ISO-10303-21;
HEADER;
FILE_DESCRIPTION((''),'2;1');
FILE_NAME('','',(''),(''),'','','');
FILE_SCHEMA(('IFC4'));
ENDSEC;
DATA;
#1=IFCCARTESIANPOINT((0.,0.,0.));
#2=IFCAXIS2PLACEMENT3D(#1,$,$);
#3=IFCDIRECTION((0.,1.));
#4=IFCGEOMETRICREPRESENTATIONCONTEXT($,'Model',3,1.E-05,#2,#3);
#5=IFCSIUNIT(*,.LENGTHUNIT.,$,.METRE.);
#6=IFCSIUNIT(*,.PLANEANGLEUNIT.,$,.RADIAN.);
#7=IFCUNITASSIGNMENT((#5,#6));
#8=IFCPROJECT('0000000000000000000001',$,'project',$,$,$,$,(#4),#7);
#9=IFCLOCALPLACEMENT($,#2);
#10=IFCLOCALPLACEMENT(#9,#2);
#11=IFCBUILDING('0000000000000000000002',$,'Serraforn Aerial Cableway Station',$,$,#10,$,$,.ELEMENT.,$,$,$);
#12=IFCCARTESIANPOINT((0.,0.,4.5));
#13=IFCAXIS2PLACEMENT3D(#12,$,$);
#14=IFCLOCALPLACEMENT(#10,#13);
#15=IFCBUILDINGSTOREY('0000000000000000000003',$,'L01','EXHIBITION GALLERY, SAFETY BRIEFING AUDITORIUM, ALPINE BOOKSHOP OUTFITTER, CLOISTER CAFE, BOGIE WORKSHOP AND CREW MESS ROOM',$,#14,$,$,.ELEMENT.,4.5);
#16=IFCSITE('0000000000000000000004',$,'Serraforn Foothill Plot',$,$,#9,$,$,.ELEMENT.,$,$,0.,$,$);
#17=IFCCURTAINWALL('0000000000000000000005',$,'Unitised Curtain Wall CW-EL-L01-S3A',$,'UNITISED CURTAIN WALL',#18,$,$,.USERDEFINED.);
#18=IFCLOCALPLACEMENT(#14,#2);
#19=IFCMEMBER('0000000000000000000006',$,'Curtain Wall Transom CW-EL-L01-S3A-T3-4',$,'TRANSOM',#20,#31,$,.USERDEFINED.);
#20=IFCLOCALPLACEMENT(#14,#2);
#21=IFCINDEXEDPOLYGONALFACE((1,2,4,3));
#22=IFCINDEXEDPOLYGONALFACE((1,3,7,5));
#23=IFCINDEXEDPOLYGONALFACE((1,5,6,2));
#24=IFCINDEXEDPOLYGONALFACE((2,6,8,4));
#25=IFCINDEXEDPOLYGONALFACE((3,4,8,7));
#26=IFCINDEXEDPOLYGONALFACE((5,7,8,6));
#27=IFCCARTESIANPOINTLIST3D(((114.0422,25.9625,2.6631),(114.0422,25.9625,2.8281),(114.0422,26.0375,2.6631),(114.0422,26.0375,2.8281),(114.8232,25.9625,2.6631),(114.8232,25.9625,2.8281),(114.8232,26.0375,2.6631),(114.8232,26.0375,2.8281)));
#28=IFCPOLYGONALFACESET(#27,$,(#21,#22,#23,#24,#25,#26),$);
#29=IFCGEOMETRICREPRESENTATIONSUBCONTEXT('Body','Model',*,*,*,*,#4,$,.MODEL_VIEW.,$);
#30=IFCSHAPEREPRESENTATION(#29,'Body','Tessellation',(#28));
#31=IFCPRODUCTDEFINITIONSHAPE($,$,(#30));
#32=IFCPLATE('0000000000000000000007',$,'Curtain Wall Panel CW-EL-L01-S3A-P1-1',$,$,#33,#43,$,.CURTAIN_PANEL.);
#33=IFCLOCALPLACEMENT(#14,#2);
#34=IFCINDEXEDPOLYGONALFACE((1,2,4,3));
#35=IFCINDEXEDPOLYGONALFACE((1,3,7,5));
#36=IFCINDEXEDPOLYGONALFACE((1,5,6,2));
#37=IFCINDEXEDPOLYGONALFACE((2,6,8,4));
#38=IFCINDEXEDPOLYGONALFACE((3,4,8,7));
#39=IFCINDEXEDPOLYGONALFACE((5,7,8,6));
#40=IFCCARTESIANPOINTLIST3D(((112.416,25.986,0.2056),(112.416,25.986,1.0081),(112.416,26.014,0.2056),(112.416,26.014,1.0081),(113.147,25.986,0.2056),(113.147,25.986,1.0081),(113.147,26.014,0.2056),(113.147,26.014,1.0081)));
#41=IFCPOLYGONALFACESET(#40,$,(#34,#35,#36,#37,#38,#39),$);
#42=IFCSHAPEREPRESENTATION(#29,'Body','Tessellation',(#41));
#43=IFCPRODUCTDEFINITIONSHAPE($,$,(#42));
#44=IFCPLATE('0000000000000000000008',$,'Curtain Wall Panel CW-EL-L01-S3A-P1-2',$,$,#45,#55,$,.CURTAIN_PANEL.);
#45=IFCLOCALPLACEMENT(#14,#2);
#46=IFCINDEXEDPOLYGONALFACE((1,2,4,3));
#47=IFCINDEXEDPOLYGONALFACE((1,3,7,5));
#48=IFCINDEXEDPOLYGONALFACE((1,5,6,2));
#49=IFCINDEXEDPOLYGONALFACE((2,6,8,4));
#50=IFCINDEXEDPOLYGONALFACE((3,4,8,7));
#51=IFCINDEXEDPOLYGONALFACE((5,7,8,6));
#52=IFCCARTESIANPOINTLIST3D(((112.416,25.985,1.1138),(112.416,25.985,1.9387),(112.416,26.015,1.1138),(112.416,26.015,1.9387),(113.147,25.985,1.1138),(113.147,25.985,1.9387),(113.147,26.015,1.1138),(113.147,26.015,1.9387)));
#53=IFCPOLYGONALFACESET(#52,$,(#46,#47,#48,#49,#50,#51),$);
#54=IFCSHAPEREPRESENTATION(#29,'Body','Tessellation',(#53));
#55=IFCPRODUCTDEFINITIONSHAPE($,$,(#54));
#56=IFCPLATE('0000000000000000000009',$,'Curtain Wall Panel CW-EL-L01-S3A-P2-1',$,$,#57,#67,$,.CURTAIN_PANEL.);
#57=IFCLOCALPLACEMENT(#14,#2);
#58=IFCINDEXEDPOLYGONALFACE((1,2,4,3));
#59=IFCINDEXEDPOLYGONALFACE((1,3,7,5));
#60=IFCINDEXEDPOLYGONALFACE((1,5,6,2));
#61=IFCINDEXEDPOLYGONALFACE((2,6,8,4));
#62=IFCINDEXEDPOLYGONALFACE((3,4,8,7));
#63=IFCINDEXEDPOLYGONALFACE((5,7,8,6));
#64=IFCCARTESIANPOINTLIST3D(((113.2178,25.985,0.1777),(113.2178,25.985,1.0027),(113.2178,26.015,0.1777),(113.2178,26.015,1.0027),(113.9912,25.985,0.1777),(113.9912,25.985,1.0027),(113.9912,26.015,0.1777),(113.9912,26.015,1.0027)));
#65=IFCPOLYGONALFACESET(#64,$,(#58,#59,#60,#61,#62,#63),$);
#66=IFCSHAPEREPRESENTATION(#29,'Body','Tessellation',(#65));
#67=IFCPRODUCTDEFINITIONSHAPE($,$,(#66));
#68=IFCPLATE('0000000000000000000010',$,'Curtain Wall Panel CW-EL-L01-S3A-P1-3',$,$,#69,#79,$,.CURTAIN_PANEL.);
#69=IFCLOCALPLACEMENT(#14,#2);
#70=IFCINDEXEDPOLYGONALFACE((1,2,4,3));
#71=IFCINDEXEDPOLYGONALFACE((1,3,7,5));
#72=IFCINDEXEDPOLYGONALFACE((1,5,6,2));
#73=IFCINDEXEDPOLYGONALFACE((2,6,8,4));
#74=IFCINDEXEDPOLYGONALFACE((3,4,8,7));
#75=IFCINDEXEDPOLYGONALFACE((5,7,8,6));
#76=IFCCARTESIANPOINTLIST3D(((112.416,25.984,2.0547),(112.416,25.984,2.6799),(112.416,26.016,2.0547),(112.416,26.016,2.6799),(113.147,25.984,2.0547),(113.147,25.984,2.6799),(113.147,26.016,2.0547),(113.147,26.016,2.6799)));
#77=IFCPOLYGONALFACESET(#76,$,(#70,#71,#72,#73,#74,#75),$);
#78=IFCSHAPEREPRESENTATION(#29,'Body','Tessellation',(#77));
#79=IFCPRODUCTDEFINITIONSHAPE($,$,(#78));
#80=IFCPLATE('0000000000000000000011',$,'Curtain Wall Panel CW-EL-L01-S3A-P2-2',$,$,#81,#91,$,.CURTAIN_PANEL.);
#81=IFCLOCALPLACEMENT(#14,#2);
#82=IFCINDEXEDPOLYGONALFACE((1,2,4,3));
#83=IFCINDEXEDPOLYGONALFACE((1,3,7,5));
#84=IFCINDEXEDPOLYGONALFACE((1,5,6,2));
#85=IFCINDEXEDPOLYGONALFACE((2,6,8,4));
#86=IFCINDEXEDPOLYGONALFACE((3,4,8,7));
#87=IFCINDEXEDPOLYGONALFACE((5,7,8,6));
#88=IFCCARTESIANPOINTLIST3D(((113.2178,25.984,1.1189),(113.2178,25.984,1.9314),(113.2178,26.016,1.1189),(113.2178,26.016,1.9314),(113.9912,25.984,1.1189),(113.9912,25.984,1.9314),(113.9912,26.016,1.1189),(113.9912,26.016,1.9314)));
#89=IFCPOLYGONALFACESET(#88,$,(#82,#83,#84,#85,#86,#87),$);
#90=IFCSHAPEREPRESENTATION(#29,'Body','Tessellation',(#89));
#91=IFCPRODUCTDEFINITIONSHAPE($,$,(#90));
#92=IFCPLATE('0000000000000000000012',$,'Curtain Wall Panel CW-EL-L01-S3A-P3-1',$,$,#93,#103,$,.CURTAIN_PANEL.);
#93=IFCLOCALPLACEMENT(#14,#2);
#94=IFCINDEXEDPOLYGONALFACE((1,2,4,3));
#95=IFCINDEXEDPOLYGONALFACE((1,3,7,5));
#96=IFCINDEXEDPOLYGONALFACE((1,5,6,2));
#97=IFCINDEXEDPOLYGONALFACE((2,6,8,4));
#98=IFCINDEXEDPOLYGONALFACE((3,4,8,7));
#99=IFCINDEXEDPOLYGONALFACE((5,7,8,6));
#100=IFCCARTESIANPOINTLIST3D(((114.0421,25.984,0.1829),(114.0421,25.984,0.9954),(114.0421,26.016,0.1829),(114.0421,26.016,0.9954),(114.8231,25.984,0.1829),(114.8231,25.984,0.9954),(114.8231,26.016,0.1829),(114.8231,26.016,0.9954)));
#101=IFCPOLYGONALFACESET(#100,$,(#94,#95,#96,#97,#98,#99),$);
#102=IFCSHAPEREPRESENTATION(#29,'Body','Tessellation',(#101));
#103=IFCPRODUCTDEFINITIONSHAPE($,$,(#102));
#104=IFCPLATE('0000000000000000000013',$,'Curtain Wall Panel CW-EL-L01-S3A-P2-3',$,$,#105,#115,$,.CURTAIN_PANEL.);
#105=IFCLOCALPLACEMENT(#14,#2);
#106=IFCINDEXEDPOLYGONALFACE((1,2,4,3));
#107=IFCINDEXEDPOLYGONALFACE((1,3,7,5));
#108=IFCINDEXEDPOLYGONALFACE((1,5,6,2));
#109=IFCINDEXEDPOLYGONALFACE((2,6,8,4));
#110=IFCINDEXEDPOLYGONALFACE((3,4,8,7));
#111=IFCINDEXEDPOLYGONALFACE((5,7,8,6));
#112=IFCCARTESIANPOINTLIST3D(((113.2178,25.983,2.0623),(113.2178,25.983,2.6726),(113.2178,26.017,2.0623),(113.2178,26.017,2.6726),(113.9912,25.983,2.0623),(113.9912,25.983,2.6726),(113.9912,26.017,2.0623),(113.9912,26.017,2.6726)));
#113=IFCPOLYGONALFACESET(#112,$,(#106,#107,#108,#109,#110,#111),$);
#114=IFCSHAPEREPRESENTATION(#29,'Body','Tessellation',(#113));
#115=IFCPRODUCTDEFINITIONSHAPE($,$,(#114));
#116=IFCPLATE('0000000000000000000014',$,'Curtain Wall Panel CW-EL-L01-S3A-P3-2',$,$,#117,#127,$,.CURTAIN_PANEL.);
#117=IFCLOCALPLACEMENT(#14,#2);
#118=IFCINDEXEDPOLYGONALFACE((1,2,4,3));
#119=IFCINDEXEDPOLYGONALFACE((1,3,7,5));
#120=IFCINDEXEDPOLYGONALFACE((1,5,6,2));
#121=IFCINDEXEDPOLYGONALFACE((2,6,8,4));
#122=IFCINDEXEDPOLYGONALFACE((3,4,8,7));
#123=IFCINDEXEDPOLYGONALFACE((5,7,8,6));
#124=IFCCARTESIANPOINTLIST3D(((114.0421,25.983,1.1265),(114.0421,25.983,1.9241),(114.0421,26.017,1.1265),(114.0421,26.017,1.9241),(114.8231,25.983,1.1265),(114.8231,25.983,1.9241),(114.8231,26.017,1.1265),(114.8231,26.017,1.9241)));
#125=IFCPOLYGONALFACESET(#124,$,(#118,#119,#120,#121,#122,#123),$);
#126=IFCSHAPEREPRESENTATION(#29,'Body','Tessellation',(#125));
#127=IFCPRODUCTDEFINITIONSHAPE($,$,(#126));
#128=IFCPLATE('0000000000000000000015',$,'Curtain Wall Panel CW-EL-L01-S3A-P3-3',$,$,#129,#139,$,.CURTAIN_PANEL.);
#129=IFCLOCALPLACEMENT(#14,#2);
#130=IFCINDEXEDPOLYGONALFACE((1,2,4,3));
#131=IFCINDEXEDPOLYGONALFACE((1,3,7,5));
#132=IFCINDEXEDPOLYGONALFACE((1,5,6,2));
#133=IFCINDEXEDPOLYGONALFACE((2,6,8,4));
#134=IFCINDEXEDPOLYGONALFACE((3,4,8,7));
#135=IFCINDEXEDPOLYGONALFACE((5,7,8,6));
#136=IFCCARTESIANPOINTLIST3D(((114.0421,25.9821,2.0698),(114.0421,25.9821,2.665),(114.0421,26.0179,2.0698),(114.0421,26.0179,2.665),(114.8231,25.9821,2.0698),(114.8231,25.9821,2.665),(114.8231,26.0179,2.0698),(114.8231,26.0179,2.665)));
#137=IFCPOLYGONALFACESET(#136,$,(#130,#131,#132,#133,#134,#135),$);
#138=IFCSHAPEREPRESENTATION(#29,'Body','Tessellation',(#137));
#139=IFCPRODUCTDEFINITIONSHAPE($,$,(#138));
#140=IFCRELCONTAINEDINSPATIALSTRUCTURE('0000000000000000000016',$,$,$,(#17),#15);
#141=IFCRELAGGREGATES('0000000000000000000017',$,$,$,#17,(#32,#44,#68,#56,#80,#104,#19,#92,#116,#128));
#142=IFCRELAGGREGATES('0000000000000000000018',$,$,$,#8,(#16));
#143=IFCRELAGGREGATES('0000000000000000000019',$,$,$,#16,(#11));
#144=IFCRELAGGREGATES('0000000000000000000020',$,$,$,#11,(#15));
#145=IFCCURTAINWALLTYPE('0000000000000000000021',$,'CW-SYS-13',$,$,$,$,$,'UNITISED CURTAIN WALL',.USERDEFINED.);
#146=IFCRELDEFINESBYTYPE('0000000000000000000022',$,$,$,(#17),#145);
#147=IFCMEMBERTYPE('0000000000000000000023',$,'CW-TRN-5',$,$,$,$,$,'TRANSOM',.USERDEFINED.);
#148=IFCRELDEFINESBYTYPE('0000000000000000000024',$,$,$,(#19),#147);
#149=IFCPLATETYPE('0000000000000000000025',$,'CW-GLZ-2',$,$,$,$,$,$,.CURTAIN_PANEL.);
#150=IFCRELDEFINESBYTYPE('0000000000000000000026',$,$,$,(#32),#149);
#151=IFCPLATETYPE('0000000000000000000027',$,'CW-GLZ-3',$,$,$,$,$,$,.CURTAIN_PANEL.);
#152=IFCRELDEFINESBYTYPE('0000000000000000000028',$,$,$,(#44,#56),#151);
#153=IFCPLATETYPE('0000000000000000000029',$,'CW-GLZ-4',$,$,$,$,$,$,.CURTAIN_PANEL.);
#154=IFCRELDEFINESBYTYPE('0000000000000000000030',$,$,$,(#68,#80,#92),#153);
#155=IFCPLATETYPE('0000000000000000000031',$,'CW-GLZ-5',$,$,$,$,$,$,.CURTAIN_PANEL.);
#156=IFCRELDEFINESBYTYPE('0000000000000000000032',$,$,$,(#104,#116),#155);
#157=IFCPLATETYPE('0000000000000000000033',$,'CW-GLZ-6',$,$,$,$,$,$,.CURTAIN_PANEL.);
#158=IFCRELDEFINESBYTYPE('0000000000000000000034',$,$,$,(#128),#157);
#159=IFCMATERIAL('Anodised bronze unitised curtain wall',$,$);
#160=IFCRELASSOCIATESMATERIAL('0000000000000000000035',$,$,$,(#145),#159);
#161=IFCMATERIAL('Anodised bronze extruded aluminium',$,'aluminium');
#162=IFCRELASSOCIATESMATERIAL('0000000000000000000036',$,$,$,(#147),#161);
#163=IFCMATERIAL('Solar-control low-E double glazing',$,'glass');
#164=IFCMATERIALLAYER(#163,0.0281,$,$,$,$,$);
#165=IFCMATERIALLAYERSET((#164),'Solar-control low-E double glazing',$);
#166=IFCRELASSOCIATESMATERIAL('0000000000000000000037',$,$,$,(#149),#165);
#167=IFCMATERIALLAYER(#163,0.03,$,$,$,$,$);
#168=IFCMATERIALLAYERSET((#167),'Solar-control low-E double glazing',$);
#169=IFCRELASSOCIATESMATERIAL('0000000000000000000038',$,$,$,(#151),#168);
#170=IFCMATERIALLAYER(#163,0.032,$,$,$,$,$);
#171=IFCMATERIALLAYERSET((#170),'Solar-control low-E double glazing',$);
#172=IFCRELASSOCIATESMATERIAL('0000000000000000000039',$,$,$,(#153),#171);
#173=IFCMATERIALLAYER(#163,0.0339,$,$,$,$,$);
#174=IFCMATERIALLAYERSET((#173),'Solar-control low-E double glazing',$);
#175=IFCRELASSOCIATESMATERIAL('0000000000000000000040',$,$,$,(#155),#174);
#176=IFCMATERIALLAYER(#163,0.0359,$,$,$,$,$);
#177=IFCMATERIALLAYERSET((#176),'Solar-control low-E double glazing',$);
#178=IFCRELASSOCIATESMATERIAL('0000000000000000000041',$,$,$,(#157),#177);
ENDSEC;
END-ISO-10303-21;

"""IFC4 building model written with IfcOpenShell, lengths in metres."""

from ifc_helpers import new_model, si_unit, direction, frame, origin, origin_2d, place, context, subcontext, project, spatial, rectangle, extrude, material, layer, layer_set, material_profile, profile_set, type_object, element, aggregate, save


model = new_model("IFC4")

# Units and contexts
model_context = context("Model", 3, precision=1e-05, world=origin(), true_north=direction((0.0, 1.0)))
body_context = subcontext(model_context, "Body", "Model", "MODEL_VIEW")
ifc_project = project(units=[si_unit("LENGTHUNIT", "METRE"), si_unit("PLANEANGLEUNIT", "RADIAN")], contexts=[model_context])

# Site, building, storey
site_placement = place(None, origin())
site = spatial("IfcSite", under=ifc_project, at=site_placement, Name="Serraforn Foothill Plot", CompositionType="ELEMENT", RefElevation=0.0)
building_placement = place(site_placement, origin())
building = spatial("IfcBuilding", under=site, at=building_placement, Name="Serraforn Aerial Cableway Station", CompositionType="ELEMENT")
storey_placement = place(building_placement, frame((0.0, 0.0, 4.5)))
storey = spatial("IfcBuildingStorey", under=building, at=storey_placement, Name="L01", Description="EXHIBITION GALLERY, SAFETY BRIEFING AUDITORIUM, ALPINE BOOKSHOP OUTFITTER, CLOISTER CAFE, BOGIE WORKSHOP AND CREW MESS ROOM", CompositionType="ELEMENT", Elevation=4.5)

# Curtain wall, member, plates
ifc_material_1 = material(Name="Anodised bronze unitised curtain wall")
curtain_wall_type = type_object("IfcCurtainWallType", Name="CW-SYS-13", ElementType="UNITISED CURTAIN WALL", PredefinedType="USERDEFINED", material=ifc_material_1)
curtain_wall_placement = place(storey_placement, origin())
curtain_wall = element("IfcCurtainWall", 1, at=curtain_wall_placement, inside=storey, type_object=curtain_wall_type, Name="Unitised Curtain Wall CW-EL-L01-S3A", ObjectType="UNITISED CURTAIN WALL", PredefinedType="USERDEFINED")
ifc_material_2 = material(Name="Anodised bronze extruded aluminium", Category="aluminium")
ifc_material_profile_1 = material_profile(ifc_material_2, rectangle(XDim=0.075, YDim=0.165, at=origin_2d()), Name="CW TRANSOM 75x165")
ifc_profile_set_1 = profile_set([ifc_material_profile_1], Name="Anodised bronze extruded aluminium")
member_type_1 = type_object("IfcMemberType", Name="CW-TRN-5", ElementType="TRANSOM", PredefinedType="USERDEFINED", material=ifc_profile_set_1)
member_1_placement = place(storey_placement, frame((114.0422, 26.0, 2.7456), z_axis=(1.0, 0.0, 0.0), x_axis=(0.0, 1.0, 0.0)))
member_1 = element("IfcMember", 2, at=member_1_placement, type_object=member_type_1, Name="Curtain Wall Transom CW-EL-L01-S3A-T3-4", ObjectType="TRANSOM", PredefinedType="USERDEFINED", context=body_context, shape_type="SweptSolid", body=[
    extrude(rectangle(XDim=0.075, YDim=0.165, at=origin_2d()), origin(), (0.0, 0.0, 1.0), 0.781),
])
ifc_material_3 = material(Name="Solar-control low-E double glazing", Category="glass")
ifc_layer_1 = layer(ifc_material_3, 0.0281)
ifc_layer_set_1 = layer_set([ifc_layer_1], Name="Solar-control low-E double glazing")
plate_type_1 = type_object("IfcPlateType", Name="CW-GLZ-2", PredefinedType="CURTAIN_PANEL", material=ifc_layer_set_1)
plate_1_placement = place(storey_placement, frame((112.7815, 26.0, 0.2056), z_axis=(0.0, 0.0, 1.0), x_axis=(1.0, 0.0, 0.0)))
plate_1 = element("IfcPlate", 3, at=plate_1_placement, type_object=plate_type_1, Name="Curtain Wall Panel CW-EL-L01-S3A-P1-1", PredefinedType="CURTAIN_PANEL", context=body_context, shape_type="SweptSolid", body=[
    extrude(rectangle(XDim=0.731, YDim=0.0281, at=origin_2d()), origin(), (0.0, 0.0, 1.0), 0.8025),
])
ifc_layer_2 = layer(ifc_material_3, 0.03)
ifc_layer_set_2 = layer_set([ifc_layer_2], Name="Solar-control low-E double glazing")
plate_type_2 = type_object("IfcPlateType", Name="CW-GLZ-3", PredefinedType="CURTAIN_PANEL", material=ifc_layer_set_2)
plate_2_placement = place(storey_placement, frame((112.7815, 26.0, 1.1138), z_axis=(0.0, 0.0, 1.0), x_axis=(1.0, 0.0, 0.0)))
plate_2 = element("IfcPlate", 4, at=plate_2_placement, type_object=plate_type_2, Name="Curtain Wall Panel CW-EL-L01-S3A-P1-2", PredefinedType="CURTAIN_PANEL", context=body_context, shape_type="SweptSolid", body=[
    extrude(rectangle(XDim=0.731, YDim=0.03, at=origin_2d()), origin(), (0.0, 0.0, 1.0), 0.825),
])
plate_3_placement = place(storey_placement, frame((113.6045, 26.0, 0.1777), z_axis=(0.0, 0.0, 1.0), x_axis=(1.0, 0.0, 0.0)))
plate_3 = element("IfcPlate", 5, at=plate_3_placement, type_object=plate_type_2, Name="Curtain Wall Panel CW-EL-L01-S3A-P2-1", PredefinedType="CURTAIN_PANEL", context=body_context, shape_type="SweptSolid", body=[
    extrude(rectangle(XDim=0.7734, YDim=0.03, at=origin_2d()), origin(), (0.0, 0.0, 1.0), 0.825),
])
ifc_layer_3 = layer(ifc_material_3, 0.032)
ifc_layer_set_3 = layer_set([ifc_layer_3], Name="Solar-control low-E double glazing")
plate_type_3 = type_object("IfcPlateType", Name="CW-GLZ-4", PredefinedType="CURTAIN_PANEL", material=ifc_layer_set_3)
plate_4_placement = place(storey_placement, frame((112.7815, 26.0, 2.0547), z_axis=(0.0, 0.0, 1.0), x_axis=(1.0, 0.0, 0.0)))
plate_4 = element("IfcPlate", 6, at=plate_4_placement, type_object=plate_type_3, Name="Curtain Wall Panel CW-EL-L01-S3A-P1-3", PredefinedType="CURTAIN_PANEL", context=body_context, shape_type="SweptSolid", body=[
    extrude(rectangle(XDim=0.731, YDim=0.032, at=origin_2d()), origin(), (0.0, 0.0, 1.0), 0.6252),
])
plate_5_placement = place(storey_placement, frame((113.6045, 26.0, 1.1189), z_axis=(0.0, 0.0, 1.0), x_axis=(1.0, 0.0, 0.0)))
plate_5 = element("IfcPlate", 7, at=plate_5_placement, type_object=plate_type_3, Name="Curtain Wall Panel CW-EL-L01-S3A-P2-2", PredefinedType="CURTAIN_PANEL", context=body_context, shape_type="SweptSolid", body=[
    extrude(rectangle(XDim=0.7734, YDim=0.032, at=origin_2d()), origin(), (0.0, 0.0, 1.0), 0.8125),
])
plate_6_placement = place(storey_placement, frame((114.4326, 26.0, 0.1829), z_axis=(0.0, 0.0, 1.0), x_axis=(1.0, 0.0, 0.0)))
plate_6 = element("IfcPlate", 8, at=plate_6_placement, type_object=plate_type_3, Name="Curtain Wall Panel CW-EL-L01-S3A-P3-1", PredefinedType="CURTAIN_PANEL", context=body_context, shape_type="SweptSolid", body=[
    extrude(rectangle(XDim=0.781, YDim=0.032, at=origin_2d()), origin(), (0.0, 0.0, 1.0), 0.8125),
])
ifc_layer_4 = layer(ifc_material_3, 0.0339)
ifc_layer_set_4 = layer_set([ifc_layer_4], Name="Solar-control low-E double glazing")
plate_type_4 = type_object("IfcPlateType", Name="CW-GLZ-5", PredefinedType="CURTAIN_PANEL", material=ifc_layer_set_4)
plate_7_placement = place(storey_placement, frame((113.6045, 26.0, 2.0623), z_axis=(0.0, 0.0, 1.0), x_axis=(1.0, 0.0, 0.0)))
plate_7 = element("IfcPlate", 9, at=plate_7_placement, type_object=plate_type_4, Name="Curtain Wall Panel CW-EL-L01-S3A-P2-3", PredefinedType="CURTAIN_PANEL", context=body_context, shape_type="SweptSolid", body=[
    extrude(rectangle(XDim=0.7734, YDim=0.0339, at=origin_2d()), origin(), (0.0, 0.0, 1.0), 0.6104),
])
plate_8_placement = place(storey_placement, frame((114.4326, 26.0, 1.1265), z_axis=(0.0, 0.0, 1.0), x_axis=(1.0, 0.0, 0.0)))
plate_8 = element("IfcPlate", 10, at=plate_8_placement, type_object=plate_type_4, Name="Curtain Wall Panel CW-EL-L01-S3A-P3-2", PredefinedType="CURTAIN_PANEL", context=body_context, shape_type="SweptSolid", body=[
    extrude(rectangle(XDim=0.781, YDim=0.0339, at=origin_2d()), origin(), (0.0, 0.0, 1.0), 0.7976),
])
ifc_layer_5 = layer(ifc_material_3, 0.0359)
ifc_layer_set_5 = layer_set([ifc_layer_5], Name="Solar-control low-E double glazing")
plate_type_5 = type_object("IfcPlateType", Name="CW-GLZ-6", PredefinedType="CURTAIN_PANEL", material=ifc_layer_set_5)
plate_9_placement = place(storey_placement, frame((114.4326, 26.0, 2.0698), z_axis=(0.0, 0.0, 1.0), x_axis=(1.0, 0.0, 0.0)))
plate_9 = element("IfcPlate", 11, at=plate_9_placement, type_object=plate_type_5, Name="Curtain Wall Panel CW-EL-L01-S3A-P3-3", PredefinedType="CURTAIN_PANEL", context=body_context, shape_type="SweptSolid", body=[
    extrude(rectangle(XDim=0.781, YDim=0.0359, at=origin_2d()), origin(), (0.0, 0.0, 1.0), 0.5952),
])
aggregate(curtain_wall, [plate_1, plate_2, plate_4, plate_3, plate_5, plate_7, member_1, plate_6, plate_8, plate_9])

save(model, "model.ifc")
